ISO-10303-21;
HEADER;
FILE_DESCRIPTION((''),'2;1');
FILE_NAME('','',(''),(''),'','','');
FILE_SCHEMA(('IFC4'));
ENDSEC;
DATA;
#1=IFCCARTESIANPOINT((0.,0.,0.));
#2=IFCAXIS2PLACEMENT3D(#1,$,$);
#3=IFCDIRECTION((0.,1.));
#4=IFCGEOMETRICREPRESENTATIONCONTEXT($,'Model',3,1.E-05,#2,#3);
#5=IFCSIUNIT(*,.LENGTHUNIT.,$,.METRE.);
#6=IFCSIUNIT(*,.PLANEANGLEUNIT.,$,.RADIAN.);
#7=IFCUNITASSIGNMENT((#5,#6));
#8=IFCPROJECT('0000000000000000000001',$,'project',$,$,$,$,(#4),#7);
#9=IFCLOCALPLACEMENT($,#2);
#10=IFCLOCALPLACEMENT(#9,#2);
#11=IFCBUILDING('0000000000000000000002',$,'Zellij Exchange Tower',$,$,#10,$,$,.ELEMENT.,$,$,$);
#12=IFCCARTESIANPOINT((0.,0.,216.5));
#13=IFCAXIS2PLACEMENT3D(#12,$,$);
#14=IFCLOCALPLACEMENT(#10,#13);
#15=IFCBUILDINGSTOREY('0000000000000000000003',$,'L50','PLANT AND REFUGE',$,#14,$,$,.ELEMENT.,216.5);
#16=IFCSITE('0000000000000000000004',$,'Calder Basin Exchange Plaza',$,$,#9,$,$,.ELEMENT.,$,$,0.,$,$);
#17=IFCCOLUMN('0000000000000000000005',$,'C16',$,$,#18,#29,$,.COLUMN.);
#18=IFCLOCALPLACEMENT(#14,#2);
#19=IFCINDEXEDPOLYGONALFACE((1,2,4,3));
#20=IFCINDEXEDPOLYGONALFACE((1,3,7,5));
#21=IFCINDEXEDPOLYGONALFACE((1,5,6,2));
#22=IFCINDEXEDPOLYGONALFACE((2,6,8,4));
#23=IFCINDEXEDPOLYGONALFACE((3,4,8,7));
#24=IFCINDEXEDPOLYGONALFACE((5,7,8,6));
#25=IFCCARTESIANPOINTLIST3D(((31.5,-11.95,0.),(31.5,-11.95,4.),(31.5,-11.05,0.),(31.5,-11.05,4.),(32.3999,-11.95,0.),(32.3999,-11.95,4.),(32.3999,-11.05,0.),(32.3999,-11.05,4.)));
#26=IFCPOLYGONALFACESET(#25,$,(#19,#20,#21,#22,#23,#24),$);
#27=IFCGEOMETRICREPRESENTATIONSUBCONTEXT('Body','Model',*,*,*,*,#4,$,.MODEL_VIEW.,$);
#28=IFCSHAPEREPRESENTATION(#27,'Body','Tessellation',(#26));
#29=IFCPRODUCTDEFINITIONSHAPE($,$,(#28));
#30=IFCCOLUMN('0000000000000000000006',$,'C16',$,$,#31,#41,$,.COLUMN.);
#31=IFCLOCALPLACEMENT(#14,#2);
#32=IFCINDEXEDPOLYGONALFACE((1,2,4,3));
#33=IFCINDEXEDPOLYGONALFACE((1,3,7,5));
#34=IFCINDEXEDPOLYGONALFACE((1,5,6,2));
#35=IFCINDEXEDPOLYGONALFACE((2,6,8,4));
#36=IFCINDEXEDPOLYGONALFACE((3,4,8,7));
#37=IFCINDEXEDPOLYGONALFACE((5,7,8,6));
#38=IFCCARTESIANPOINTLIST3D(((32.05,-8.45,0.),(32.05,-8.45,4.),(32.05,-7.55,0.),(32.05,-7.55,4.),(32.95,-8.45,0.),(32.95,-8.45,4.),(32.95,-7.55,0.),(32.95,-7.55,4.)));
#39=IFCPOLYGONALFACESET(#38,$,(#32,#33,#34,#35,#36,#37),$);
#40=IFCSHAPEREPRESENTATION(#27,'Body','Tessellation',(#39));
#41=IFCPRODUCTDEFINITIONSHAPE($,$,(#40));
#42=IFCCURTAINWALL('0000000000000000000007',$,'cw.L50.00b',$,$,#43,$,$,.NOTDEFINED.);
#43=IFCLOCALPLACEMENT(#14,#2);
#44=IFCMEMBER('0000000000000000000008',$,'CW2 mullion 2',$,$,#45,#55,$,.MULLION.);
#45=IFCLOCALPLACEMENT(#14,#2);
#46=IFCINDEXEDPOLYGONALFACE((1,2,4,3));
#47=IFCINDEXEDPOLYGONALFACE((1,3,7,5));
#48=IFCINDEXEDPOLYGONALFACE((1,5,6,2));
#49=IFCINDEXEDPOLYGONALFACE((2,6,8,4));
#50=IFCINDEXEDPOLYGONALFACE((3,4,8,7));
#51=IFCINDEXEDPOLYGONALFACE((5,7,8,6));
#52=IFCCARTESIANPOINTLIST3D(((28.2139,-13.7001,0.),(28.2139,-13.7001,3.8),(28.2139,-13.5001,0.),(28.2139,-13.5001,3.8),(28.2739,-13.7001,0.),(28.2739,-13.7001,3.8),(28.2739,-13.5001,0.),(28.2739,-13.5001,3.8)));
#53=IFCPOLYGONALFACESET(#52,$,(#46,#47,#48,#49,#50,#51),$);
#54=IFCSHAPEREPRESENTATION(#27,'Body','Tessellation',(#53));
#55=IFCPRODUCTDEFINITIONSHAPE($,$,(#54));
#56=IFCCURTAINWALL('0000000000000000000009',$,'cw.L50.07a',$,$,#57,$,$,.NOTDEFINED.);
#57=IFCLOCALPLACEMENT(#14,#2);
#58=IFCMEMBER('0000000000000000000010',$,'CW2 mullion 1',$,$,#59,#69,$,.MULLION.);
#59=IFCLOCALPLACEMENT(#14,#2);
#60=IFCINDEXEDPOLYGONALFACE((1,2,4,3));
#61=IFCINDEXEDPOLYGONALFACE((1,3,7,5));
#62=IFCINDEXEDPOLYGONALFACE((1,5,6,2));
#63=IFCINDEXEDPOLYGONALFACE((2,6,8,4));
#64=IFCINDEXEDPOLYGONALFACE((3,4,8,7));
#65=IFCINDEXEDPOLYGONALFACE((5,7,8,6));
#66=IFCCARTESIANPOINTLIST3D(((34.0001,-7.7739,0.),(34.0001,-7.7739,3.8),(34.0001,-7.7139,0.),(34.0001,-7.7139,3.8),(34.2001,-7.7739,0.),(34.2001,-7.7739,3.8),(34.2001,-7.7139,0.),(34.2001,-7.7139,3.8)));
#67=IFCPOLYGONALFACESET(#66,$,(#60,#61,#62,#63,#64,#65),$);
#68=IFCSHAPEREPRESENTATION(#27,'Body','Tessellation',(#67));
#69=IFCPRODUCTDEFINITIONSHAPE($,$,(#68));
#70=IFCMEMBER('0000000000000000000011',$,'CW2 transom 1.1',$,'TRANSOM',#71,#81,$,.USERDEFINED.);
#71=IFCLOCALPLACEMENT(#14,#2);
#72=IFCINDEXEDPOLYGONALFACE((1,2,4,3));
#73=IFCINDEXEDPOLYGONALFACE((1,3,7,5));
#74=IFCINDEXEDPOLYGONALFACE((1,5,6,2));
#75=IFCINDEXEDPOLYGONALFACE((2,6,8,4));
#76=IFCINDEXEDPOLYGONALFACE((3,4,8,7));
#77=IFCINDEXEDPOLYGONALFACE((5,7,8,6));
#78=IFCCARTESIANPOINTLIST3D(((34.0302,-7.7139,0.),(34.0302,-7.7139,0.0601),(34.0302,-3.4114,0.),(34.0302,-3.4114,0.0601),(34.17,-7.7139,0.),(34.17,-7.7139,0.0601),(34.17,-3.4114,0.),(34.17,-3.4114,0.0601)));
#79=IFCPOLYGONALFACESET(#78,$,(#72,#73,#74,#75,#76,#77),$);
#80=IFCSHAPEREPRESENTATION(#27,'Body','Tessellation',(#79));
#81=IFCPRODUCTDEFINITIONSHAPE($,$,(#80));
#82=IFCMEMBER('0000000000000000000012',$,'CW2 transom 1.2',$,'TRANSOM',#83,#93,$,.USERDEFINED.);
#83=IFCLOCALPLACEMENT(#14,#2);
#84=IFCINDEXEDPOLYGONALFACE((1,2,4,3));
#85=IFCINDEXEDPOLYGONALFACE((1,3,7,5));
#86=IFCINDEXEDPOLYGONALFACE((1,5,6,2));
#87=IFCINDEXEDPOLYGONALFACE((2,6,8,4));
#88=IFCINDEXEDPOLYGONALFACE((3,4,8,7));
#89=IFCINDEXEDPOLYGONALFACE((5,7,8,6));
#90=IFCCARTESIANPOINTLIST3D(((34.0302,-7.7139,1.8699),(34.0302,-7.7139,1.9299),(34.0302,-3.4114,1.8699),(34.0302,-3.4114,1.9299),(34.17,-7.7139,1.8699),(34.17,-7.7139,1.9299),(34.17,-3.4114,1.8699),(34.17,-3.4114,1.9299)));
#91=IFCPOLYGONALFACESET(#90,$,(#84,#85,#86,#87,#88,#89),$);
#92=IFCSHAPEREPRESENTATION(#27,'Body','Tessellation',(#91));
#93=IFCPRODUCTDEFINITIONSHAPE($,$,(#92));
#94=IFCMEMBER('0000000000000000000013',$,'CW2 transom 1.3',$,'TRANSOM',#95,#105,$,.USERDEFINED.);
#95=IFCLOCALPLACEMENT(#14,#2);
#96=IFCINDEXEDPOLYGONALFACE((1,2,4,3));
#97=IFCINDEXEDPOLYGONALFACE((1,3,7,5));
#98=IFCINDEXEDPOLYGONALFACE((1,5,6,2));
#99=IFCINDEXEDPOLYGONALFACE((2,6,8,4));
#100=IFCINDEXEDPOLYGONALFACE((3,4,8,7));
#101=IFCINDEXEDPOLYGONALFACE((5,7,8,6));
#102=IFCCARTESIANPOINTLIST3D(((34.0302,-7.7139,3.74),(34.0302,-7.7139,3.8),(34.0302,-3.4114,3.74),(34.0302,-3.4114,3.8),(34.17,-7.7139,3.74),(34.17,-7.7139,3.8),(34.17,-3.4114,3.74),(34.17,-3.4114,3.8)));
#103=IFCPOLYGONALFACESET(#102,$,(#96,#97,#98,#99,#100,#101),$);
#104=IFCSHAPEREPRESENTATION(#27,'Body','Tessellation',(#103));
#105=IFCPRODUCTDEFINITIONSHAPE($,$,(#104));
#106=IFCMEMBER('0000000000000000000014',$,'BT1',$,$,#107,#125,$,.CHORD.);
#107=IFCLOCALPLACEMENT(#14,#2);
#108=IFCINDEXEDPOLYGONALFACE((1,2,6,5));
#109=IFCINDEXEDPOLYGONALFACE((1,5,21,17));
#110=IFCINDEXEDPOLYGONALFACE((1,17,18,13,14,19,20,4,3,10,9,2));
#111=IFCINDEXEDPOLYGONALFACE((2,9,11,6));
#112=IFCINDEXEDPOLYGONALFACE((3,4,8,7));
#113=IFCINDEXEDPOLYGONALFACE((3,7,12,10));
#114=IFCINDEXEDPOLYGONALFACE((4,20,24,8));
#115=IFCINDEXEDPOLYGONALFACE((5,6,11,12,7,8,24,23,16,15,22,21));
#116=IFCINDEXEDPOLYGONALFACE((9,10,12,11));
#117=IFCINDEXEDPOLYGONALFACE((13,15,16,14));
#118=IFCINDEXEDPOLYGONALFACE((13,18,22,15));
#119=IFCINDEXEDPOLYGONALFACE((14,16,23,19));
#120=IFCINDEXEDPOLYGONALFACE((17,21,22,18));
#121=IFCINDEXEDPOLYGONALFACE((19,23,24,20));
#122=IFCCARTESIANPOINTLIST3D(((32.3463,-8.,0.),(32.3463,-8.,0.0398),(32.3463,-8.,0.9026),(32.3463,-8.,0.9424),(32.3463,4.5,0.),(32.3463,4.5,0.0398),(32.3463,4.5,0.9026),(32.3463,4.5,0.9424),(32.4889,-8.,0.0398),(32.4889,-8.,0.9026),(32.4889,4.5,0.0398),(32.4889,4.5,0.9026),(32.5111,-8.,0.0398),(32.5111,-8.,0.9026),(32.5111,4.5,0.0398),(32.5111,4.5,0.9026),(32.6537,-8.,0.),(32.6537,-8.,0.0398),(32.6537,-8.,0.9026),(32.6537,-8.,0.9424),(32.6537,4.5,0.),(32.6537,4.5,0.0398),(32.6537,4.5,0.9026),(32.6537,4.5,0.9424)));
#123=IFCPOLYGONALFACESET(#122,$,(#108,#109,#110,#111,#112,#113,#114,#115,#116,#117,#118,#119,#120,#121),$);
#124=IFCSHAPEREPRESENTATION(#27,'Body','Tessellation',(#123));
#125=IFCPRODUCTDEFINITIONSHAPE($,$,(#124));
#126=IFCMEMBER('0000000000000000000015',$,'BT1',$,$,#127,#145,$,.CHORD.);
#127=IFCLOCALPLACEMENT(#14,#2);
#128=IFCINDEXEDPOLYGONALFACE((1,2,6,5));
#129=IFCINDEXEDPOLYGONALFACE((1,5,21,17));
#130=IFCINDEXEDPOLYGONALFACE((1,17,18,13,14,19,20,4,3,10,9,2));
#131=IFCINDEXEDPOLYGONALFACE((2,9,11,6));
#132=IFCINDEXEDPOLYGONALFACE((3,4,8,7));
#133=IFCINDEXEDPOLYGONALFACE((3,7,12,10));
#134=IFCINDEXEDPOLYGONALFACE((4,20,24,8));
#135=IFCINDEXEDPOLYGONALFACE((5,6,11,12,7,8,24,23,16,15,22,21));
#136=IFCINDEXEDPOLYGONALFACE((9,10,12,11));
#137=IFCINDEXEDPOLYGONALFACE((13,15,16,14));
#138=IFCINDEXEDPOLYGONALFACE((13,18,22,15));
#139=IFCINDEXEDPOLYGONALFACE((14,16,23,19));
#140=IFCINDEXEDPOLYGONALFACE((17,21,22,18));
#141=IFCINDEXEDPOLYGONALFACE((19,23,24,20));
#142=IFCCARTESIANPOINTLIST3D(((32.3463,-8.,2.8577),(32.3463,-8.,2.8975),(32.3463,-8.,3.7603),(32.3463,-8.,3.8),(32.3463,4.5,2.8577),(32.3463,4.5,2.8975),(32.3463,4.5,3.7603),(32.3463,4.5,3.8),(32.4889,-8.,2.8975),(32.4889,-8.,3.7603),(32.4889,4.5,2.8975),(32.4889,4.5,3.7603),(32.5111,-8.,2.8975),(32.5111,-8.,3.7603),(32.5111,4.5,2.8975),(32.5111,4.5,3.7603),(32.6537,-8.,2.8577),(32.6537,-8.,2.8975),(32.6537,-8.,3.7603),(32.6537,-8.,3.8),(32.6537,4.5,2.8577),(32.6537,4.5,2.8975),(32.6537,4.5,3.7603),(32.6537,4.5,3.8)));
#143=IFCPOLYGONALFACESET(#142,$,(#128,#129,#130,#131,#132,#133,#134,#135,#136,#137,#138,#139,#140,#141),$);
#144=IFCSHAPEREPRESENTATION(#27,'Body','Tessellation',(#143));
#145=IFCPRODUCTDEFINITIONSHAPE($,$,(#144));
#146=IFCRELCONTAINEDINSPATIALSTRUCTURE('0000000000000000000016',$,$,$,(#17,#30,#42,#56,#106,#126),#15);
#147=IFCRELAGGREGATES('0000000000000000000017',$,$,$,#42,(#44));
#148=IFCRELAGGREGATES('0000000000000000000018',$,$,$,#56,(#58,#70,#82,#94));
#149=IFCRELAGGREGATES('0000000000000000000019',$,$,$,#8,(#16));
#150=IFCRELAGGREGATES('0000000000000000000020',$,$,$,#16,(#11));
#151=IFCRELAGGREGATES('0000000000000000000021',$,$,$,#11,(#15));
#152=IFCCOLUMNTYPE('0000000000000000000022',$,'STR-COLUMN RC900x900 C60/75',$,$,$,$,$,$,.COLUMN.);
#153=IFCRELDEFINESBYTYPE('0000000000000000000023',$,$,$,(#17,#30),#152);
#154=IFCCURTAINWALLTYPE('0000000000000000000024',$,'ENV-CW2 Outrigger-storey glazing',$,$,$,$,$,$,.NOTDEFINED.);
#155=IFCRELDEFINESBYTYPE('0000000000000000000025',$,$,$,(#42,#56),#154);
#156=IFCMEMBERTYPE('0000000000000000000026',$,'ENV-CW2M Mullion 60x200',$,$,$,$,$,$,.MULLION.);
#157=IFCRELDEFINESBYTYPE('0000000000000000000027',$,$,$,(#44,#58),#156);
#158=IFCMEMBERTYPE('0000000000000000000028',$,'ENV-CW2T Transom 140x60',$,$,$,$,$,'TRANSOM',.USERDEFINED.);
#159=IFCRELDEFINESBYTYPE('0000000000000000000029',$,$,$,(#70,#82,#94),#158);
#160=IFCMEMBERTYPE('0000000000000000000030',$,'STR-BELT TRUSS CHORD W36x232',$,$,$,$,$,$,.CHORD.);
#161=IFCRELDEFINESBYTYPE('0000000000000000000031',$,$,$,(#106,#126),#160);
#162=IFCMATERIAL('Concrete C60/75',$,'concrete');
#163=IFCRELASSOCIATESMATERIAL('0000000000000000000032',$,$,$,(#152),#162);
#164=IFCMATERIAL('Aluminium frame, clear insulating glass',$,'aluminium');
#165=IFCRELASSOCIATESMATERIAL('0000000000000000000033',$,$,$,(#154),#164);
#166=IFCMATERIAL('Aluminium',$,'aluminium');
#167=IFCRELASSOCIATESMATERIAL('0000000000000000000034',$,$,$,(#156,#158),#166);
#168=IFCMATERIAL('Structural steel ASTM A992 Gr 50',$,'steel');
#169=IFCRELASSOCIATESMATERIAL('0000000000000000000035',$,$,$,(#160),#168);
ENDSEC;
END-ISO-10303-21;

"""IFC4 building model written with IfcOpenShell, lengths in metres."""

from ifc_helpers import new_model, si_unit, direction, frame, origin, origin_2d, place, context, subcontext, project, spatial, rectangle, i_section, extrude, material, material_profile, profile_set, type_object, element, aggregate, save


model = new_model("IFC4")

# Units and contexts
model_context = context("Model", 3, precision=1e-05, world=origin(), true_north=direction((0.0, 1.0)))
body_context = subcontext(model_context, "Body", "Model", "MODEL_VIEW")
ifc_project = project(units=[si_unit("LENGTHUNIT", "METRE"), si_unit("PLANEANGLEUNIT", "RADIAN")], contexts=[model_context])

# Site, building, storey
site_placement = place(None, origin())
site = spatial("IfcSite", under=ifc_project, at=site_placement, Name="Calder Basin Exchange Plaza", CompositionType="ELEMENT", RefElevation=0.0)
building_placement = place(site_placement, origin())
building = spatial("IfcBuilding", under=site, at=building_placement, Name="Zellij Exchange Tower", CompositionType="ELEMENT")
storey_placement = place(building_placement, frame((0.0, 0.0, 216.5)))
storey = spatial("IfcBuildingStorey", under=building, at=storey_placement, Name="L50", Description="PLANT AND REFUGE", CompositionType="ELEMENT", Elevation=216.5)

# Columns
ifc_material_1 = material(Name="Concrete C60/75", Category="concrete")
ifc_material_profile_1 = material_profile(ifc_material_1, rectangle(XDim=0.8999, YDim=0.8999, at=origin_2d()), Name="STR-COLUMN RC900x900 C60/75")
ifc_profile_set_1 = profile_set([ifc_material_profile_1], Name="Concrete C60/75")
column_type = type_object("IfcColumnType", Name="STR-COLUMN RC900x900 C60/75", PredefinedType="COLUMN", material=ifc_profile_set_1)
for number, where, z_axis, x_axis, name in (
    (1, (31.95, -11.5, 0.0), (0.0, 0.0, 1.0), (1.0, 0.0, 0.0), "C16"),
    (2, (32.5, -8.0, 0.0), (0.0, 0.0, 1.0), (1.0, 0.0, 0.0), "C16"),
):
    element("IfcColumn", number, at=place(storey_placement, frame(where, z_axis=z_axis, x_axis=x_axis)), inside=storey, type_object=column_type, Name=name, PredefinedType="COLUMN", context=body_context, shape_type="SweptSolid", body=[
        extrude(rectangle(XDim=0.8999, YDim=0.8999, at=origin_2d()), origin(), (0.0, 0.0, 1.0), 4.0),
    ])

# Curtain wall, member
ifc_material_2 = material(Name="Aluminium frame, clear insulating glass", Category="aluminium")
curtain_wall_type = type_object("IfcCurtainWallType", Name="ENV-CW2 Outrigger-storey glazing", PredefinedType="NOTDEFINED", material=ifc_material_2)
curtain_wall_1_placement = place(storey_placement, origin())
curtain_wall_1 = element("IfcCurtainWall", 3, at=curtain_wall_1_placement, inside=storey, type_object=curtain_wall_type, Name="cw.L50.00b", PredefinedType="NOTDEFINED")
ifc_material_3 = material(Name="Aluminium", Category="aluminium")
ifc_material_profile_2 = material_profile(ifc_material_3, rectangle(XDim=0.0601, YDim=0.2, at=origin_2d()), Name="AL 60x200")
ifc_profile_set_2 = profile_set([ifc_material_profile_2], Name="Aluminium")
member_type_1 = type_object("IfcMemberType", Name="ENV-CW2M Mullion 60x200", PredefinedType="MULLION", material=ifc_profile_set_2)
member_1_placement = place(storey_placement, frame((28.2439, -13.6001, 0.0), z_axis=(0.0, 0.0, 1.0), x_axis=(1.0, 0.0, 0.0)))
member_1 = element("IfcMember", 4, at=member_1_placement, type_object=member_type_1, Name="CW2 mullion 2", PredefinedType="MULLION", context=body_context, shape_type="SweptSolid", body=[
    extrude(rectangle(XDim=0.0601, YDim=0.2, at=origin_2d()), origin(), (0.0, 0.0, 1.0), 3.8),
])
aggregate(curtain_wall_1, [member_1])

# Curtain wall, members
curtain_wall_2_placement = place(storey_placement, origin())
curtain_wall_2 = element("IfcCurtainWall", 5, at=curtain_wall_2_placement, inside=storey, type_object=curtain_wall_type, Name="cw.L50.07a", PredefinedType="NOTDEFINED")
member_2_placement = place(storey_placement, frame((34.1001, -7.7439, 0.0), z_axis=(0.0, 0.0, 1.0), x_axis=(0.0, 1.0, 0.0)))
member_2 = element("IfcMember", 6, at=member_2_placement, type_object=member_type_1, Name="CW2 mullion 1", PredefinedType="MULLION", context=body_context, shape_type="SweptSolid", body=[
    extrude(rectangle(XDim=0.0601, YDim=0.2, at=origin_2d()), origin(), (0.0, 0.0, 1.0), 3.8),
])
ifc_material_profile_3 = material_profile(ifc_material_3, rectangle(XDim=0.1399, YDim=0.0601, at=origin_2d()), Name="AL 140x60")
ifc_profile_set_3 = profile_set([ifc_material_profile_3], Name="Aluminium")
member_type_2 = type_object("IfcMemberType", Name="ENV-CW2T Transom 140x60", ElementType="TRANSOM", PredefinedType="USERDEFINED", material=ifc_profile_set_3)
member_3_placement = place(storey_placement, frame((34.1001, -7.7139, 0.03), z_axis=(0.0, 1.0, 0.0), x_axis=(-1.0, 0.0, 0.0)))
member_3 = element("IfcMember", 7, at=member_3_placement, type_object=member_type_2, Name="CW2 transom 1.1", ObjectType="TRANSOM", PredefinedType="USERDEFINED", context=body_context, shape_type="SweptSolid", body=[
    extrude(rectangle(XDim=0.1399, YDim=0.0601, at=origin_2d()), origin(), (0.0, 0.0, 1.0), 4.3025),
])
member_4_placement = place(storey_placement, frame((34.1001, -7.7139, 1.8999), z_axis=(0.0, 1.0, 0.0), x_axis=(-1.0, 0.0, 0.0)))
member_4 = element("IfcMember", 8, at=member_4_placement, type_object=member_type_2, Name="CW2 transom 1.2", ObjectType="TRANSOM", PredefinedType="USERDEFINED", context=body_context, shape_type="SweptSolid", body=[
    extrude(rectangle(XDim=0.1399, YDim=0.0601, at=origin_2d()), origin(), (0.0, 0.0, 1.0), 4.3025),
])
member_5_placement = place(storey_placement, frame((34.1001, -7.7139, 3.77), z_axis=(0.0, 1.0, 0.0), x_axis=(-1.0, 0.0, 0.0)))
member_5 = element("IfcMember", 9, at=member_5_placement, type_object=member_type_2, Name="CW2 transom 1.3", ObjectType="TRANSOM", PredefinedType="USERDEFINED", context=body_context, shape_type="SweptSolid", body=[
    extrude(rectangle(XDim=0.1399, YDim=0.0601, at=origin_2d()), origin(), (0.0, 0.0, 1.0), 4.3025),
])

# Members
ifc_material_4 = material(Name="Structural steel ASTM A992 Gr 50", Category="steel")
ifc_material_profile_4 = material_profile(ifc_material_4, i_section(OverallWidth=0.3074, OverallDepth=0.9424, WebThickness=0.0222, FlangeThickness=0.0398, at=origin_2d()), Name="W36x232")
ifc_profile_set_4 = profile_set([ifc_material_profile_4], Name="Structural steel ASTM A992 Gr 50")
member_type_3 = type_object("IfcMemberType", Name="STR-BELT TRUSS CHORD W36x232", PredefinedType="CHORD", material=ifc_profile_set_4)
for number, where, z_axis, x_axis, name in (
    (10, (32.5, -8.0, 0.4712), (0.0, 1.0, 0.0), (-1.0, 0.0, 0.0), "BT1"),
    (11, (32.5, -8.0, 3.3289), (0.0, 1.0, 0.0), (-1.0, 0.0, 0.0), "BT1"),
):
    element("IfcMember", number, at=place(storey_placement, frame(where, z_axis=z_axis, x_axis=x_axis)), inside=storey, type_object=member_type_3, Name=name, PredefinedType="CHORD", context=body_context, shape_type="SweptSolid", body=[
        extrude(i_section(OverallWidth=0.3074, OverallDepth=0.9424, WebThickness=0.0222, FlangeThickness=0.0398, at=origin_2d()), origin(), (0.0, 0.0, 1.0), 12.5),
    ])

aggregate(curtain_wall_2, [member_2, member_3, member_4, member_5])

save(model, "model.ifc")
